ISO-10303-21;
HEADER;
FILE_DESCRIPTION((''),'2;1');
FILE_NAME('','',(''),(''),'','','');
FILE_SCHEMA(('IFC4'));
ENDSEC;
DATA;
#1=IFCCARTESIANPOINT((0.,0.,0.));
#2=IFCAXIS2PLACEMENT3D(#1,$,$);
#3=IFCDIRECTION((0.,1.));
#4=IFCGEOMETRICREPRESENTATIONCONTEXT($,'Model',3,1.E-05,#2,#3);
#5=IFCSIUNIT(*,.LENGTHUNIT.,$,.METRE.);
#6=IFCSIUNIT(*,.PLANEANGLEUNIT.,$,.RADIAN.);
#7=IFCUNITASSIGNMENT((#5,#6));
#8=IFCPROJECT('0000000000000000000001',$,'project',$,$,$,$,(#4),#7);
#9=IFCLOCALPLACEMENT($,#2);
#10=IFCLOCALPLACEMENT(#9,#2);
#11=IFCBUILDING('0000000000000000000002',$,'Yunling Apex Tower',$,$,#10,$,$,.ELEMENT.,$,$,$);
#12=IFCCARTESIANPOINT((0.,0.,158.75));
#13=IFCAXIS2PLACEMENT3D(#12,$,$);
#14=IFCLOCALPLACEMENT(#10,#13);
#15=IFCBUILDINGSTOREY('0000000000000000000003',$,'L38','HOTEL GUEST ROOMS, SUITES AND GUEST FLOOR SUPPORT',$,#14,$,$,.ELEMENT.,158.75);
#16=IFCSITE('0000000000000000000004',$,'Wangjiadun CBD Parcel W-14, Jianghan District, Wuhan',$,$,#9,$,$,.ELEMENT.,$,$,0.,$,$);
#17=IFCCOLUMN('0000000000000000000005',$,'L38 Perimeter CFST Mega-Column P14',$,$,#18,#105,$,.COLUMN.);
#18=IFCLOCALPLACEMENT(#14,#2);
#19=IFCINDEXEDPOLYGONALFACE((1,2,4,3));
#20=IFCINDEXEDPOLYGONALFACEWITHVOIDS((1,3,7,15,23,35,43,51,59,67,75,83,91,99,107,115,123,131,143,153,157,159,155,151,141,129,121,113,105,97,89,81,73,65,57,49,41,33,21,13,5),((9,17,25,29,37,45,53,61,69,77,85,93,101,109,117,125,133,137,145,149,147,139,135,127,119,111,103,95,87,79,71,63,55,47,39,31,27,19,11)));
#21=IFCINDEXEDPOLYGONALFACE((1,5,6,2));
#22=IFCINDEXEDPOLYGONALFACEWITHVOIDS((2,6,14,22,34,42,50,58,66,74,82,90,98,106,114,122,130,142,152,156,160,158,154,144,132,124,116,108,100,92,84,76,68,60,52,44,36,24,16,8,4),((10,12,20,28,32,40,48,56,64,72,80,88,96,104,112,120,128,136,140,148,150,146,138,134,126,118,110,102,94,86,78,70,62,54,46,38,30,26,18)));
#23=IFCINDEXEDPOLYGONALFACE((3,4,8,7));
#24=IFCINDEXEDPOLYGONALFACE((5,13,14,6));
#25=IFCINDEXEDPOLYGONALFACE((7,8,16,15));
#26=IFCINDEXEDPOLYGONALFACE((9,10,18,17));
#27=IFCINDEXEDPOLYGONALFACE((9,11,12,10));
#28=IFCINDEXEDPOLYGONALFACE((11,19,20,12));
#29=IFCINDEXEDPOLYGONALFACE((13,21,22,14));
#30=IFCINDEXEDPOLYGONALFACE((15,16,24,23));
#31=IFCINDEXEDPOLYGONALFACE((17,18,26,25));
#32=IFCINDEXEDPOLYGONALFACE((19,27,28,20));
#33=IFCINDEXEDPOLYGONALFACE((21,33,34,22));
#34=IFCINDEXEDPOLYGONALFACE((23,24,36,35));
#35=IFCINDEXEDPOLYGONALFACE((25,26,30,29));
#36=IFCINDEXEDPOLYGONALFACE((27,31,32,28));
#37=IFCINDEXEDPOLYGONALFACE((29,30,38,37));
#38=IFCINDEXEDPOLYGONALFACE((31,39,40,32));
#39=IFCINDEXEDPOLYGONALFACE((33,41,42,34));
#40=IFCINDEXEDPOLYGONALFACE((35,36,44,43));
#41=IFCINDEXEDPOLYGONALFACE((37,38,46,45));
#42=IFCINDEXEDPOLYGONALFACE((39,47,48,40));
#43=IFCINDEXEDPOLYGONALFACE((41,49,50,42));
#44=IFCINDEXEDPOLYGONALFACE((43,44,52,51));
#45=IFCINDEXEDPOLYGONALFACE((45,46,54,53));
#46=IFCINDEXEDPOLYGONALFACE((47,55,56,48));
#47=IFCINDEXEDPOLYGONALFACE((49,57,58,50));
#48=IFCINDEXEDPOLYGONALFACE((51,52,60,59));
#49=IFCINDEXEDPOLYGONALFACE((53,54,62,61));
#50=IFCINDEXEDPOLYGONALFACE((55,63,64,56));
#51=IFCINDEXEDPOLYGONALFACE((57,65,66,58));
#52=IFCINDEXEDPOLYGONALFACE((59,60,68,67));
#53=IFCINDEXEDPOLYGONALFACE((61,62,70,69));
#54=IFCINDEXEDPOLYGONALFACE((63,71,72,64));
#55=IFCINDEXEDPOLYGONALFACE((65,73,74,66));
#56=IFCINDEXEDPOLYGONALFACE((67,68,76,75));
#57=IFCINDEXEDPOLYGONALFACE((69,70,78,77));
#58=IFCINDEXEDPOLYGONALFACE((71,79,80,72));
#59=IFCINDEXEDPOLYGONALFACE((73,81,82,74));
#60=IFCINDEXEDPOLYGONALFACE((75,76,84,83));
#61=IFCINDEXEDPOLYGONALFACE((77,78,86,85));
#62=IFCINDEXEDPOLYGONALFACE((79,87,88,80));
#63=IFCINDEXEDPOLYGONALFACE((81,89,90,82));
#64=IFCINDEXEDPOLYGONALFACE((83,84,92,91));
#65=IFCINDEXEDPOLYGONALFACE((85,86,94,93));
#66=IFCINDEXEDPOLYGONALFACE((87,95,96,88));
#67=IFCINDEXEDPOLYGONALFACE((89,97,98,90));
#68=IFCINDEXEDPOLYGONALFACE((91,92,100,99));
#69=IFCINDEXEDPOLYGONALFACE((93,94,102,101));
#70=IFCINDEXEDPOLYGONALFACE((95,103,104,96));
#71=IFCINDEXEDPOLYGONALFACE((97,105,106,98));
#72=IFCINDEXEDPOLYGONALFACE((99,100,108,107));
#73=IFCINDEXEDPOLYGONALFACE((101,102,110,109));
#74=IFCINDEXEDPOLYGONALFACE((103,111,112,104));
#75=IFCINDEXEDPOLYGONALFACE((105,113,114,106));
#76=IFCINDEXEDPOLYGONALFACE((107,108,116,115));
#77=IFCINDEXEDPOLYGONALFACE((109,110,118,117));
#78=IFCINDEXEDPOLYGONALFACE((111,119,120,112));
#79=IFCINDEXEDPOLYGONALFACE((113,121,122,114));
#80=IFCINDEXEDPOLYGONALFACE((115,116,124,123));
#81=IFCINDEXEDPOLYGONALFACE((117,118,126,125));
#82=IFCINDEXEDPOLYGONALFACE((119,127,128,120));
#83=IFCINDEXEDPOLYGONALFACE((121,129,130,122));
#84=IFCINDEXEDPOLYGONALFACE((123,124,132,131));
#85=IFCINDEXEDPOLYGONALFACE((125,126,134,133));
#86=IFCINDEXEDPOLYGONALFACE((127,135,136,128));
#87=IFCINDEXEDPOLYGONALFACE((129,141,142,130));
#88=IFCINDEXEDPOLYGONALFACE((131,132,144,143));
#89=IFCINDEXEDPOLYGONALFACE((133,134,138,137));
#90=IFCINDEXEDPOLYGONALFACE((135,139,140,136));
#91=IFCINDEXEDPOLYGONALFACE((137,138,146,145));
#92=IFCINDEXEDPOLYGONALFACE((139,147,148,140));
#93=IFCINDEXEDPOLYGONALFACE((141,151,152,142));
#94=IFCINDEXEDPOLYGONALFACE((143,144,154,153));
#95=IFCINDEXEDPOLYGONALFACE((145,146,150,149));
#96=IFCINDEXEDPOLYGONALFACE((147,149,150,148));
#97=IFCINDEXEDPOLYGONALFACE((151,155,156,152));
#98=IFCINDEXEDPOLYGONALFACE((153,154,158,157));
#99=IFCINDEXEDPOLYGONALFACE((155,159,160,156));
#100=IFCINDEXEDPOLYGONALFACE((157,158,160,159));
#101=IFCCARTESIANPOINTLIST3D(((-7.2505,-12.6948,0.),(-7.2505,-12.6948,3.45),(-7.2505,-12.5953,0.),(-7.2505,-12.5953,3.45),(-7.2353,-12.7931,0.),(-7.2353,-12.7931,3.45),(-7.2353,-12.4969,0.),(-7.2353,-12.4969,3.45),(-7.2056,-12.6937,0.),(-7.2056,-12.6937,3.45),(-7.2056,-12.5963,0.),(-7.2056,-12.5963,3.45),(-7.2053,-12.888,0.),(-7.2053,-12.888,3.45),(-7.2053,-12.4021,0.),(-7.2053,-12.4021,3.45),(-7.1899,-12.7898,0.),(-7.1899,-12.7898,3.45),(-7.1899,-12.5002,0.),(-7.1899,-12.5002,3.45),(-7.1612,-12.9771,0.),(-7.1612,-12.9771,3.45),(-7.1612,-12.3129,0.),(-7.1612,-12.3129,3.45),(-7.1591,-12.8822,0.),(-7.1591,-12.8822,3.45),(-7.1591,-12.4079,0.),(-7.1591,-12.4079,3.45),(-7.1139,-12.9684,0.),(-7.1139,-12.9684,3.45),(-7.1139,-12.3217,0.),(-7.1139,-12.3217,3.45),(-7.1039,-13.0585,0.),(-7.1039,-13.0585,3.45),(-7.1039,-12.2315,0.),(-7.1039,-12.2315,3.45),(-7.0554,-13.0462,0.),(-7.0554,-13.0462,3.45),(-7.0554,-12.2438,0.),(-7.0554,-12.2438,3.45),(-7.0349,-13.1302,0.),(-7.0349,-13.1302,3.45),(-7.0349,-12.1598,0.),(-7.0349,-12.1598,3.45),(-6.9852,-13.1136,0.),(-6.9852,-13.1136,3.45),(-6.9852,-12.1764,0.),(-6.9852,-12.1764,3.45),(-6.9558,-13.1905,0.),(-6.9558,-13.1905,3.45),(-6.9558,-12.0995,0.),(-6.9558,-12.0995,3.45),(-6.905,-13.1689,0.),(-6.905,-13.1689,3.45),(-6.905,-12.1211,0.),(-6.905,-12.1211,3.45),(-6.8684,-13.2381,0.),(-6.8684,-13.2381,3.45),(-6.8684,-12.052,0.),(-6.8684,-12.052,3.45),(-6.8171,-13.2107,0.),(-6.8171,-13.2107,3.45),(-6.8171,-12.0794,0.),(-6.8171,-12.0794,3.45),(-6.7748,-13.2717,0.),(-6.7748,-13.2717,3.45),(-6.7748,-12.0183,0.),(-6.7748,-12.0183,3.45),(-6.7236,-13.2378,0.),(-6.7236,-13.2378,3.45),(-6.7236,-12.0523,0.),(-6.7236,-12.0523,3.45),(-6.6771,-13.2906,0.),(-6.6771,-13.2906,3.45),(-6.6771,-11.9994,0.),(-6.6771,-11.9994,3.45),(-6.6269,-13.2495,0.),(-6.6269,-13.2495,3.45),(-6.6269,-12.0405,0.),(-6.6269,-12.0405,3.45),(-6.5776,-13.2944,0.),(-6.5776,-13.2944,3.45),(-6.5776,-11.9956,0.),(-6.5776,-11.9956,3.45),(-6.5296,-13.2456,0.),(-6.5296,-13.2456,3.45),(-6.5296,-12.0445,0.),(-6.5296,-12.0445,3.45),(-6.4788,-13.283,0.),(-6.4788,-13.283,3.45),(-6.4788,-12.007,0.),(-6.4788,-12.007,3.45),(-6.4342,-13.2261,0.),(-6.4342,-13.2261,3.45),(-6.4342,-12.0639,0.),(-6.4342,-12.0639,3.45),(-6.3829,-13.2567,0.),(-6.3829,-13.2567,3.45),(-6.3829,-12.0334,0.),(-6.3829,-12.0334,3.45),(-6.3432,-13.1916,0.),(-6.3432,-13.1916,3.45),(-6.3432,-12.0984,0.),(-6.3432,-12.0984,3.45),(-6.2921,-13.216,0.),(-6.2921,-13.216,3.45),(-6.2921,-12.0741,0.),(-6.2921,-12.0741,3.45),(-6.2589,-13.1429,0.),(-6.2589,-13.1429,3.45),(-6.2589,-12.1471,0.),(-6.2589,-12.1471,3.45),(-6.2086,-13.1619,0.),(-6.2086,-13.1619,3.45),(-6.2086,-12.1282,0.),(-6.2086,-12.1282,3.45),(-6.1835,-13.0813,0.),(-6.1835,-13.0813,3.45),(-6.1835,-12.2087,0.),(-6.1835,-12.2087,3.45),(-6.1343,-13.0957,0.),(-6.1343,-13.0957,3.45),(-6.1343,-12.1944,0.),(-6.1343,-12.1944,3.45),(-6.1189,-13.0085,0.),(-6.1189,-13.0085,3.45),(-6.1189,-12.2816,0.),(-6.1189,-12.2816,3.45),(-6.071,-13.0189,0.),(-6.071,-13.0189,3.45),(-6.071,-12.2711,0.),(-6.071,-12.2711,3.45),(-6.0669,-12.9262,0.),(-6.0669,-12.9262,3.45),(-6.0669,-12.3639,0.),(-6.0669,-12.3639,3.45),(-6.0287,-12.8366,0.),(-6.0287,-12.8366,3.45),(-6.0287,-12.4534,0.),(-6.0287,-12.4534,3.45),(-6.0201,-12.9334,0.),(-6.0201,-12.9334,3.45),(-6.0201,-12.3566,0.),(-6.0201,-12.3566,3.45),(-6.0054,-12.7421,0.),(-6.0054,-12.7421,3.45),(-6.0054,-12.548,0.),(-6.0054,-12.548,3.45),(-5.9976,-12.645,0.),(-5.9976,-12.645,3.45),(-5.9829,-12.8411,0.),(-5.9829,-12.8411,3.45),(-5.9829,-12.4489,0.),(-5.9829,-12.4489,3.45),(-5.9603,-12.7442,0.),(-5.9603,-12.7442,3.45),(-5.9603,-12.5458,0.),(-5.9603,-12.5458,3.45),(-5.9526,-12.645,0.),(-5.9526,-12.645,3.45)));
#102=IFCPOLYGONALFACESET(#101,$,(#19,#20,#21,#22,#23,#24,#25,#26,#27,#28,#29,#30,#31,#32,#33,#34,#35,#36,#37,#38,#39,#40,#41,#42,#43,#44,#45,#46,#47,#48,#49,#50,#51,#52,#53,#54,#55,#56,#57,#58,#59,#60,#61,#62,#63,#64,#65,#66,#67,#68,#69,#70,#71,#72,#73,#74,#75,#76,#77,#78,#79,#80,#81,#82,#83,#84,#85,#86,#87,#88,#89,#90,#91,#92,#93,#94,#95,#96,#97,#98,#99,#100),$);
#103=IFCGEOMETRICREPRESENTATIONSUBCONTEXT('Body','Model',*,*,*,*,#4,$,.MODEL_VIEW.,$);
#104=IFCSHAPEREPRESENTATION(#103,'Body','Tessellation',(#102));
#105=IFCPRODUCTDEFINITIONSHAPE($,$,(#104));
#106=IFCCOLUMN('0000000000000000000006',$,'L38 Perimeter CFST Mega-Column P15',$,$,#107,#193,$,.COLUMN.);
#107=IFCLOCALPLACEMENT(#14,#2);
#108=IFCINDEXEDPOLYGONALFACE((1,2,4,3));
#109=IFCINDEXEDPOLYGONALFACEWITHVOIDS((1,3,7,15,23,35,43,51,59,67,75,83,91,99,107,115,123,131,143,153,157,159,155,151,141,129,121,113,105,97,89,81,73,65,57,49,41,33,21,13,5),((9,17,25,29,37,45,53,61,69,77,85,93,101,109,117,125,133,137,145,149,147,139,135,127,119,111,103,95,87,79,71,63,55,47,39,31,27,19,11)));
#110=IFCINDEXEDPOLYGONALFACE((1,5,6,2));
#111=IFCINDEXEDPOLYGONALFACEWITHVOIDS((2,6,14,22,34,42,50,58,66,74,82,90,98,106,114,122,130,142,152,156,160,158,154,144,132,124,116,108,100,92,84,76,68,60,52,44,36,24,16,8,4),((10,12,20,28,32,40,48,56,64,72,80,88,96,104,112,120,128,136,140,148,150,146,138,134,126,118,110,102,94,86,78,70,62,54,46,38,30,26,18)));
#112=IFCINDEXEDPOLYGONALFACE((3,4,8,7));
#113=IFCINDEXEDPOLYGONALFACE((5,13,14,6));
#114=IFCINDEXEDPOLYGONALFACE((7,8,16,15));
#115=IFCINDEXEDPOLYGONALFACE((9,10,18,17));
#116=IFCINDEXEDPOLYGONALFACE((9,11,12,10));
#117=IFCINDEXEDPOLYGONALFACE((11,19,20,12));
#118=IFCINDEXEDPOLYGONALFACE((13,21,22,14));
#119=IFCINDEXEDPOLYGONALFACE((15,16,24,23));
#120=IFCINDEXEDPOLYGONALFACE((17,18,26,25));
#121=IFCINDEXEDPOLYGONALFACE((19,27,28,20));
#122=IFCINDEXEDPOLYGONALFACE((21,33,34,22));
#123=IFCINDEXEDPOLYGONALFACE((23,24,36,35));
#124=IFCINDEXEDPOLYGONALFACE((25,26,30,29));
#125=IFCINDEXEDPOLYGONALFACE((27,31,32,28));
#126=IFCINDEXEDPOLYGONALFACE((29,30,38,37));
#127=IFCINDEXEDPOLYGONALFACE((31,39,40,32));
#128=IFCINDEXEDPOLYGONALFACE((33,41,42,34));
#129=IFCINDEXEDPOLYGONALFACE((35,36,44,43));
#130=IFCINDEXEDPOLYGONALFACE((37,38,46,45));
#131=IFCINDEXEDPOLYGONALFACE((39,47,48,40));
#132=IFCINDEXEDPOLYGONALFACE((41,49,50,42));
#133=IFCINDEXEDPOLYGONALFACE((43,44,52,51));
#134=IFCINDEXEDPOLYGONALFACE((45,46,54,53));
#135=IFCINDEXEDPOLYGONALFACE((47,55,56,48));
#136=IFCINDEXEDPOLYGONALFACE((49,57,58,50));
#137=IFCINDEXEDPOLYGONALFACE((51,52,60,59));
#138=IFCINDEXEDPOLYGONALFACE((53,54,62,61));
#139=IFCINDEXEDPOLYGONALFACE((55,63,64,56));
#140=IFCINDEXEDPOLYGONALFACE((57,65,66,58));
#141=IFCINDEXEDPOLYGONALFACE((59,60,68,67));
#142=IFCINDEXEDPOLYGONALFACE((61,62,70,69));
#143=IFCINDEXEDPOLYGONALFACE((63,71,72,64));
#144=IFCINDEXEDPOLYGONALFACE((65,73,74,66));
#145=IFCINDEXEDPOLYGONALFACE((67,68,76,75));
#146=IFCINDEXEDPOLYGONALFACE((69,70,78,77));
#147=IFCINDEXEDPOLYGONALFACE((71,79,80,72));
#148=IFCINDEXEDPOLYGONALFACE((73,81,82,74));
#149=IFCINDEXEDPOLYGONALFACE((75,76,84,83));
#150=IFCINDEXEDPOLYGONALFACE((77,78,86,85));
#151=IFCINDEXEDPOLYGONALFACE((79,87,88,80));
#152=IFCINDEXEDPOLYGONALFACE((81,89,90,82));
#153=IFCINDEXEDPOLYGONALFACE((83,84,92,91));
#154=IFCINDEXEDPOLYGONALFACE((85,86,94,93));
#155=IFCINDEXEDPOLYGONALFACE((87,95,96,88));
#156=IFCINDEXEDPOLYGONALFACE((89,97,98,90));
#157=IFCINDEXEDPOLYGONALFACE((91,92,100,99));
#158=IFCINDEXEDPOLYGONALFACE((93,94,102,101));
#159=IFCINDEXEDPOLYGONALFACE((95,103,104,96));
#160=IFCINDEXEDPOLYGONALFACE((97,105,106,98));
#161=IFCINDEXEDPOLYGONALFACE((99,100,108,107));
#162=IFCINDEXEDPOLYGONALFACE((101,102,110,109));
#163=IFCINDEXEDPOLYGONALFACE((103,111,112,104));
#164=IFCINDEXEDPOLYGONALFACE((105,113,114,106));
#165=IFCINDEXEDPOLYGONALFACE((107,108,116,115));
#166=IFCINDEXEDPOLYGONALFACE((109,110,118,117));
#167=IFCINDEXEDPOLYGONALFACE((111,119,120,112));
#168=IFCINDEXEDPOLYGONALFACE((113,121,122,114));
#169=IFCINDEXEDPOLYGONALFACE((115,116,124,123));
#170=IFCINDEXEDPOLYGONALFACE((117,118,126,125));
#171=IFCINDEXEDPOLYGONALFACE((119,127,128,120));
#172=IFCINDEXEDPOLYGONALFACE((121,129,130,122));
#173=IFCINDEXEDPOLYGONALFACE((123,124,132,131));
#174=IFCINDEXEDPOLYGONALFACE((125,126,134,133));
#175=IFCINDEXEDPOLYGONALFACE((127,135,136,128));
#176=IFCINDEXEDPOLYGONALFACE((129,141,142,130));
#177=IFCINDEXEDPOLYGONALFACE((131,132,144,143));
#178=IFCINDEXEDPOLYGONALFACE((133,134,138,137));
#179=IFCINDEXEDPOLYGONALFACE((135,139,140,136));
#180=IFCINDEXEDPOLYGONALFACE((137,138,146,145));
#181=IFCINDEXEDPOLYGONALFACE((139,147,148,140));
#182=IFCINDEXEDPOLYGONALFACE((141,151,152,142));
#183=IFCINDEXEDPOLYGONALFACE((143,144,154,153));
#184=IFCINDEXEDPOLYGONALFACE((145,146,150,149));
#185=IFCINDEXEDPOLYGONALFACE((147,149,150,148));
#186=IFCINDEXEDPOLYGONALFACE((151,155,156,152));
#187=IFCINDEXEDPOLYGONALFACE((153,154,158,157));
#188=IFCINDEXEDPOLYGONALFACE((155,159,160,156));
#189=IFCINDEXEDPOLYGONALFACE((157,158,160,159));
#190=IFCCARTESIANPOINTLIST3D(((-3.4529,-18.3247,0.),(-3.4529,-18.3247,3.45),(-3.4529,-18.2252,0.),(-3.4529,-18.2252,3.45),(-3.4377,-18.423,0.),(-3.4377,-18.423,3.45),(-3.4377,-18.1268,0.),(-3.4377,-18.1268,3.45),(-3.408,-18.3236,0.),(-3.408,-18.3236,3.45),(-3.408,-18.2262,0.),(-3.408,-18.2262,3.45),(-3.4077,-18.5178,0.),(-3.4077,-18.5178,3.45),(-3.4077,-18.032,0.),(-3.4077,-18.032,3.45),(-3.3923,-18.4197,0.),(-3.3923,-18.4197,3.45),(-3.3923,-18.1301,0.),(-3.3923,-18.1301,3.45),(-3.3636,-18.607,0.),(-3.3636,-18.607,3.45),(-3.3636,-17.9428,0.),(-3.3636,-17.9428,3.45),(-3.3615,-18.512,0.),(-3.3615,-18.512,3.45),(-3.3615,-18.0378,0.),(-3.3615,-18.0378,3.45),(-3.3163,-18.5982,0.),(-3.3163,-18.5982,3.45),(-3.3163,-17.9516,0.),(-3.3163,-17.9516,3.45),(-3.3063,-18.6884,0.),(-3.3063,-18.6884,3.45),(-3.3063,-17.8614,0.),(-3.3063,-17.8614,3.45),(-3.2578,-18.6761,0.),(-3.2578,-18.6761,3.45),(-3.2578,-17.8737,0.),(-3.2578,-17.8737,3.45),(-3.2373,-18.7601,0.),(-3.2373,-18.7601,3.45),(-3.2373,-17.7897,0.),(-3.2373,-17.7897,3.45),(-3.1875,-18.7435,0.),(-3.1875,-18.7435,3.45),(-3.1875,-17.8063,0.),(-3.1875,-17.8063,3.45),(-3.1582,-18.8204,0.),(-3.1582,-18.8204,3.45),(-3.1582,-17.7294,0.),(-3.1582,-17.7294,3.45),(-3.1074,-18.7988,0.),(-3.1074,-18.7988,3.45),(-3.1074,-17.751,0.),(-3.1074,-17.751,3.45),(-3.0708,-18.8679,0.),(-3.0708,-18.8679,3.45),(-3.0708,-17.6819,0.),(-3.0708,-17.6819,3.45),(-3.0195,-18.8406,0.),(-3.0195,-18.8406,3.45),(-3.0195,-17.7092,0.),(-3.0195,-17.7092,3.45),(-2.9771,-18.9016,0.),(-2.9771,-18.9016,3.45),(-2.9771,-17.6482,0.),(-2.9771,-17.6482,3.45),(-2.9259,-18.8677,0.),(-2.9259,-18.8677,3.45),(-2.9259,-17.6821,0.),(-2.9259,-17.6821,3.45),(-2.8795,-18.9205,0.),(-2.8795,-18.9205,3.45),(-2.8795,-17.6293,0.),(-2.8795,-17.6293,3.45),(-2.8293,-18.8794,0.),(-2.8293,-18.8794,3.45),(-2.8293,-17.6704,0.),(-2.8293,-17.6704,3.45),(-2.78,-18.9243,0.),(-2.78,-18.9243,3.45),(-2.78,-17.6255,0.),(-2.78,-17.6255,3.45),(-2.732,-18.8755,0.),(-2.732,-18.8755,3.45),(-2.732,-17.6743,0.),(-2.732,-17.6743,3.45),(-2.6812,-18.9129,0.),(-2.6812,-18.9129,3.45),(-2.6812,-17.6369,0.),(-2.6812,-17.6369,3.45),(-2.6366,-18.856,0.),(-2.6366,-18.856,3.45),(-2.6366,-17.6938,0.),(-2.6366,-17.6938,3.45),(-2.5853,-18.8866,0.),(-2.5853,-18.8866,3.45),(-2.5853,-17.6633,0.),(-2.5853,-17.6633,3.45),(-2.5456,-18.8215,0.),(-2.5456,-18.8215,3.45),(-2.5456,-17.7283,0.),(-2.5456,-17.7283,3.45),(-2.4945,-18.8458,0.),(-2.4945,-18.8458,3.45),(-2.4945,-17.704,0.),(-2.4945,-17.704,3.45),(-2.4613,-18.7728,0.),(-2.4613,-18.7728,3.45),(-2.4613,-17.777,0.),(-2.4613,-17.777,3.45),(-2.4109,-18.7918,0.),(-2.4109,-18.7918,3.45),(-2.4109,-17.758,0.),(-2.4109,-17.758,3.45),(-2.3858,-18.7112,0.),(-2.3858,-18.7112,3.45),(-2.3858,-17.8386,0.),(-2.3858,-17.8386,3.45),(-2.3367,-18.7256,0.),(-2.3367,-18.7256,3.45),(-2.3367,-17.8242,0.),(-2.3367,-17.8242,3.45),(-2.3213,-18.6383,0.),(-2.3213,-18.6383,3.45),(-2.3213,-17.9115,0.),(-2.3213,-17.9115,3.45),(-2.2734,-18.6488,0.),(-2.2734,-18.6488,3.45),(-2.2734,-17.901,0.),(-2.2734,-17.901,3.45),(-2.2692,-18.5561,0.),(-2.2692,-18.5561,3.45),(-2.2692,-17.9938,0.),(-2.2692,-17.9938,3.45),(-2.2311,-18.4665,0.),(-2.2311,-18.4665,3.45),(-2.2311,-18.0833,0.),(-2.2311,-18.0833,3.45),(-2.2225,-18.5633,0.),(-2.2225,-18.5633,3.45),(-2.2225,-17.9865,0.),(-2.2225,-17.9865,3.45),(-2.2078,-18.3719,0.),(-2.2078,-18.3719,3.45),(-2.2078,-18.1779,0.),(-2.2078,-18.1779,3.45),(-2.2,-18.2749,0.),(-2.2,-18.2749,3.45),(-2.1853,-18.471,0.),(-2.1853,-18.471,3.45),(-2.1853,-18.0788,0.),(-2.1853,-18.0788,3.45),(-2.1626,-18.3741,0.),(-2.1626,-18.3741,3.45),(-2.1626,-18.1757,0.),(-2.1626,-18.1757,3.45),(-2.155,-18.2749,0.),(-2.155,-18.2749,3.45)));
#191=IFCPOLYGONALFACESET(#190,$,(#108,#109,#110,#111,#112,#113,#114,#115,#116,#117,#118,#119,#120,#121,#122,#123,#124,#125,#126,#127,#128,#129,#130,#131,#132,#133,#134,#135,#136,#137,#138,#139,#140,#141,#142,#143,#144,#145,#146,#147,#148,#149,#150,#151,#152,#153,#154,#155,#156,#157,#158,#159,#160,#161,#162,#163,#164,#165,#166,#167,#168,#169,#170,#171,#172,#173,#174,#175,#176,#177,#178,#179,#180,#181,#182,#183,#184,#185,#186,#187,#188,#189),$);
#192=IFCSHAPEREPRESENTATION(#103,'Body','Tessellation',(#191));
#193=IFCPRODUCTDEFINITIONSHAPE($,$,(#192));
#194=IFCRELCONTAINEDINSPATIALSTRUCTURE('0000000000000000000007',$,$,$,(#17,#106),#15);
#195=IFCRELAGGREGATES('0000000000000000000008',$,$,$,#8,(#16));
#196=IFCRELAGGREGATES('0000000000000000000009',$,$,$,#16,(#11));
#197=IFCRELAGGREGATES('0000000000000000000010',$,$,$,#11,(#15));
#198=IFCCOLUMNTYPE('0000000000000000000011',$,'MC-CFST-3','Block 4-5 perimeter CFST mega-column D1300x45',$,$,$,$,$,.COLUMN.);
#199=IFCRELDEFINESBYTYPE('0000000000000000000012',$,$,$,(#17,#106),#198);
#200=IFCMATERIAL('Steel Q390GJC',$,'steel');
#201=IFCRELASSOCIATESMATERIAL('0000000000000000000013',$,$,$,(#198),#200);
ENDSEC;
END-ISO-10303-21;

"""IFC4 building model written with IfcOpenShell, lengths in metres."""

from ifc_helpers import new_model, si_unit, direction, frame, origin, origin_2d, place, context, subcontext, project, spatial, hollow_circle, extrude, source, transform, mapped, material, material_profile, profile_set, type_object, element, save


model = new_model("IFC4")

# Units and contexts
model_context = context("Model", 3, precision=1e-05, world=origin(), true_north=direction((0.0, 1.0)))
body_context = subcontext(model_context, "Body", "Model", "MODEL_VIEW")
ifc_project = project(units=[si_unit("LENGTHUNIT", "METRE"), si_unit("PLANEANGLEUNIT", "RADIAN")], contexts=[model_context])

# Site, building, storey
site_placement = place(None, origin())
site = spatial("IfcSite", under=ifc_project, at=site_placement, Name="Wangjiadun CBD Parcel W-14, Jianghan District, Wuhan", CompositionType="ELEMENT", RefElevation=0.0)
building_placement = place(site_placement, origin())
building = spatial("IfcBuilding", under=site, at=building_placement, Name="Yunling Apex Tower", CompositionType="ELEMENT")
storey_placement = place(building_placement, frame((0.0, 0.0, 158.75)))
storey = spatial("IfcBuildingStorey", under=building, at=storey_placement, Name="L38", Description="HOTEL GUEST ROOMS, SUITES AND GUEST FLOOR SUPPORT", CompositionType="ELEMENT", Elevation=158.75)

# Columns
ifc_material_1 = material(Name="Steel Q390GJC", Category="steel")
ifc_material_profile_1 = material_profile(ifc_material_1, hollow_circle(Radius=0.6499, WallThickness=0.0449, at=origin_2d()))
ifc_profile_set_1 = profile_set([ifc_material_profile_1], Name="Steel Q390GJC")
column_type = type_object("IfcColumnType", Name="MC-CFST-3", Description="Block 4-5 perimeter CFST mega-column D1300x45", PredefinedType="COLUMN", material=ifc_profile_set_1)
shared_shape_1 = source(origin(), body_context, "Body", "SweptSolid", [
    extrude(hollow_circle(Radius=0.6499, WallThickness=0.0449, at=origin_2d()), origin(), (0.0, 0.0, 1.0), 3.45),
])
for number, where, z_axis, x_axis, name in (
    (1, (-6.6025, -12.645, 0.0), (0.0, 0.0, 1.0), (1.0, 0.0, 0.0), "L38 Perimeter CFST Mega-Column P14"),
    (2, (-2.8049, -18.2749, 0.0), (0.0, 0.0, 1.0), (1.0, 0.0, 0.0), "L38 Perimeter CFST Mega-Column P15"),
):
    element("IfcColumn", number, at=place(storey_placement, frame(where, z_axis=z_axis, x_axis=x_axis)), inside=storey, type_object=column_type, Name=name, PredefinedType="COLUMN", context=body_context, shape_type="MappedRepresentation", body=[
        mapped(shared_shape_1, transform((0.0, 0.0, 0.0), scale=1.0)),
    ])

save(model, "model.ifc")
